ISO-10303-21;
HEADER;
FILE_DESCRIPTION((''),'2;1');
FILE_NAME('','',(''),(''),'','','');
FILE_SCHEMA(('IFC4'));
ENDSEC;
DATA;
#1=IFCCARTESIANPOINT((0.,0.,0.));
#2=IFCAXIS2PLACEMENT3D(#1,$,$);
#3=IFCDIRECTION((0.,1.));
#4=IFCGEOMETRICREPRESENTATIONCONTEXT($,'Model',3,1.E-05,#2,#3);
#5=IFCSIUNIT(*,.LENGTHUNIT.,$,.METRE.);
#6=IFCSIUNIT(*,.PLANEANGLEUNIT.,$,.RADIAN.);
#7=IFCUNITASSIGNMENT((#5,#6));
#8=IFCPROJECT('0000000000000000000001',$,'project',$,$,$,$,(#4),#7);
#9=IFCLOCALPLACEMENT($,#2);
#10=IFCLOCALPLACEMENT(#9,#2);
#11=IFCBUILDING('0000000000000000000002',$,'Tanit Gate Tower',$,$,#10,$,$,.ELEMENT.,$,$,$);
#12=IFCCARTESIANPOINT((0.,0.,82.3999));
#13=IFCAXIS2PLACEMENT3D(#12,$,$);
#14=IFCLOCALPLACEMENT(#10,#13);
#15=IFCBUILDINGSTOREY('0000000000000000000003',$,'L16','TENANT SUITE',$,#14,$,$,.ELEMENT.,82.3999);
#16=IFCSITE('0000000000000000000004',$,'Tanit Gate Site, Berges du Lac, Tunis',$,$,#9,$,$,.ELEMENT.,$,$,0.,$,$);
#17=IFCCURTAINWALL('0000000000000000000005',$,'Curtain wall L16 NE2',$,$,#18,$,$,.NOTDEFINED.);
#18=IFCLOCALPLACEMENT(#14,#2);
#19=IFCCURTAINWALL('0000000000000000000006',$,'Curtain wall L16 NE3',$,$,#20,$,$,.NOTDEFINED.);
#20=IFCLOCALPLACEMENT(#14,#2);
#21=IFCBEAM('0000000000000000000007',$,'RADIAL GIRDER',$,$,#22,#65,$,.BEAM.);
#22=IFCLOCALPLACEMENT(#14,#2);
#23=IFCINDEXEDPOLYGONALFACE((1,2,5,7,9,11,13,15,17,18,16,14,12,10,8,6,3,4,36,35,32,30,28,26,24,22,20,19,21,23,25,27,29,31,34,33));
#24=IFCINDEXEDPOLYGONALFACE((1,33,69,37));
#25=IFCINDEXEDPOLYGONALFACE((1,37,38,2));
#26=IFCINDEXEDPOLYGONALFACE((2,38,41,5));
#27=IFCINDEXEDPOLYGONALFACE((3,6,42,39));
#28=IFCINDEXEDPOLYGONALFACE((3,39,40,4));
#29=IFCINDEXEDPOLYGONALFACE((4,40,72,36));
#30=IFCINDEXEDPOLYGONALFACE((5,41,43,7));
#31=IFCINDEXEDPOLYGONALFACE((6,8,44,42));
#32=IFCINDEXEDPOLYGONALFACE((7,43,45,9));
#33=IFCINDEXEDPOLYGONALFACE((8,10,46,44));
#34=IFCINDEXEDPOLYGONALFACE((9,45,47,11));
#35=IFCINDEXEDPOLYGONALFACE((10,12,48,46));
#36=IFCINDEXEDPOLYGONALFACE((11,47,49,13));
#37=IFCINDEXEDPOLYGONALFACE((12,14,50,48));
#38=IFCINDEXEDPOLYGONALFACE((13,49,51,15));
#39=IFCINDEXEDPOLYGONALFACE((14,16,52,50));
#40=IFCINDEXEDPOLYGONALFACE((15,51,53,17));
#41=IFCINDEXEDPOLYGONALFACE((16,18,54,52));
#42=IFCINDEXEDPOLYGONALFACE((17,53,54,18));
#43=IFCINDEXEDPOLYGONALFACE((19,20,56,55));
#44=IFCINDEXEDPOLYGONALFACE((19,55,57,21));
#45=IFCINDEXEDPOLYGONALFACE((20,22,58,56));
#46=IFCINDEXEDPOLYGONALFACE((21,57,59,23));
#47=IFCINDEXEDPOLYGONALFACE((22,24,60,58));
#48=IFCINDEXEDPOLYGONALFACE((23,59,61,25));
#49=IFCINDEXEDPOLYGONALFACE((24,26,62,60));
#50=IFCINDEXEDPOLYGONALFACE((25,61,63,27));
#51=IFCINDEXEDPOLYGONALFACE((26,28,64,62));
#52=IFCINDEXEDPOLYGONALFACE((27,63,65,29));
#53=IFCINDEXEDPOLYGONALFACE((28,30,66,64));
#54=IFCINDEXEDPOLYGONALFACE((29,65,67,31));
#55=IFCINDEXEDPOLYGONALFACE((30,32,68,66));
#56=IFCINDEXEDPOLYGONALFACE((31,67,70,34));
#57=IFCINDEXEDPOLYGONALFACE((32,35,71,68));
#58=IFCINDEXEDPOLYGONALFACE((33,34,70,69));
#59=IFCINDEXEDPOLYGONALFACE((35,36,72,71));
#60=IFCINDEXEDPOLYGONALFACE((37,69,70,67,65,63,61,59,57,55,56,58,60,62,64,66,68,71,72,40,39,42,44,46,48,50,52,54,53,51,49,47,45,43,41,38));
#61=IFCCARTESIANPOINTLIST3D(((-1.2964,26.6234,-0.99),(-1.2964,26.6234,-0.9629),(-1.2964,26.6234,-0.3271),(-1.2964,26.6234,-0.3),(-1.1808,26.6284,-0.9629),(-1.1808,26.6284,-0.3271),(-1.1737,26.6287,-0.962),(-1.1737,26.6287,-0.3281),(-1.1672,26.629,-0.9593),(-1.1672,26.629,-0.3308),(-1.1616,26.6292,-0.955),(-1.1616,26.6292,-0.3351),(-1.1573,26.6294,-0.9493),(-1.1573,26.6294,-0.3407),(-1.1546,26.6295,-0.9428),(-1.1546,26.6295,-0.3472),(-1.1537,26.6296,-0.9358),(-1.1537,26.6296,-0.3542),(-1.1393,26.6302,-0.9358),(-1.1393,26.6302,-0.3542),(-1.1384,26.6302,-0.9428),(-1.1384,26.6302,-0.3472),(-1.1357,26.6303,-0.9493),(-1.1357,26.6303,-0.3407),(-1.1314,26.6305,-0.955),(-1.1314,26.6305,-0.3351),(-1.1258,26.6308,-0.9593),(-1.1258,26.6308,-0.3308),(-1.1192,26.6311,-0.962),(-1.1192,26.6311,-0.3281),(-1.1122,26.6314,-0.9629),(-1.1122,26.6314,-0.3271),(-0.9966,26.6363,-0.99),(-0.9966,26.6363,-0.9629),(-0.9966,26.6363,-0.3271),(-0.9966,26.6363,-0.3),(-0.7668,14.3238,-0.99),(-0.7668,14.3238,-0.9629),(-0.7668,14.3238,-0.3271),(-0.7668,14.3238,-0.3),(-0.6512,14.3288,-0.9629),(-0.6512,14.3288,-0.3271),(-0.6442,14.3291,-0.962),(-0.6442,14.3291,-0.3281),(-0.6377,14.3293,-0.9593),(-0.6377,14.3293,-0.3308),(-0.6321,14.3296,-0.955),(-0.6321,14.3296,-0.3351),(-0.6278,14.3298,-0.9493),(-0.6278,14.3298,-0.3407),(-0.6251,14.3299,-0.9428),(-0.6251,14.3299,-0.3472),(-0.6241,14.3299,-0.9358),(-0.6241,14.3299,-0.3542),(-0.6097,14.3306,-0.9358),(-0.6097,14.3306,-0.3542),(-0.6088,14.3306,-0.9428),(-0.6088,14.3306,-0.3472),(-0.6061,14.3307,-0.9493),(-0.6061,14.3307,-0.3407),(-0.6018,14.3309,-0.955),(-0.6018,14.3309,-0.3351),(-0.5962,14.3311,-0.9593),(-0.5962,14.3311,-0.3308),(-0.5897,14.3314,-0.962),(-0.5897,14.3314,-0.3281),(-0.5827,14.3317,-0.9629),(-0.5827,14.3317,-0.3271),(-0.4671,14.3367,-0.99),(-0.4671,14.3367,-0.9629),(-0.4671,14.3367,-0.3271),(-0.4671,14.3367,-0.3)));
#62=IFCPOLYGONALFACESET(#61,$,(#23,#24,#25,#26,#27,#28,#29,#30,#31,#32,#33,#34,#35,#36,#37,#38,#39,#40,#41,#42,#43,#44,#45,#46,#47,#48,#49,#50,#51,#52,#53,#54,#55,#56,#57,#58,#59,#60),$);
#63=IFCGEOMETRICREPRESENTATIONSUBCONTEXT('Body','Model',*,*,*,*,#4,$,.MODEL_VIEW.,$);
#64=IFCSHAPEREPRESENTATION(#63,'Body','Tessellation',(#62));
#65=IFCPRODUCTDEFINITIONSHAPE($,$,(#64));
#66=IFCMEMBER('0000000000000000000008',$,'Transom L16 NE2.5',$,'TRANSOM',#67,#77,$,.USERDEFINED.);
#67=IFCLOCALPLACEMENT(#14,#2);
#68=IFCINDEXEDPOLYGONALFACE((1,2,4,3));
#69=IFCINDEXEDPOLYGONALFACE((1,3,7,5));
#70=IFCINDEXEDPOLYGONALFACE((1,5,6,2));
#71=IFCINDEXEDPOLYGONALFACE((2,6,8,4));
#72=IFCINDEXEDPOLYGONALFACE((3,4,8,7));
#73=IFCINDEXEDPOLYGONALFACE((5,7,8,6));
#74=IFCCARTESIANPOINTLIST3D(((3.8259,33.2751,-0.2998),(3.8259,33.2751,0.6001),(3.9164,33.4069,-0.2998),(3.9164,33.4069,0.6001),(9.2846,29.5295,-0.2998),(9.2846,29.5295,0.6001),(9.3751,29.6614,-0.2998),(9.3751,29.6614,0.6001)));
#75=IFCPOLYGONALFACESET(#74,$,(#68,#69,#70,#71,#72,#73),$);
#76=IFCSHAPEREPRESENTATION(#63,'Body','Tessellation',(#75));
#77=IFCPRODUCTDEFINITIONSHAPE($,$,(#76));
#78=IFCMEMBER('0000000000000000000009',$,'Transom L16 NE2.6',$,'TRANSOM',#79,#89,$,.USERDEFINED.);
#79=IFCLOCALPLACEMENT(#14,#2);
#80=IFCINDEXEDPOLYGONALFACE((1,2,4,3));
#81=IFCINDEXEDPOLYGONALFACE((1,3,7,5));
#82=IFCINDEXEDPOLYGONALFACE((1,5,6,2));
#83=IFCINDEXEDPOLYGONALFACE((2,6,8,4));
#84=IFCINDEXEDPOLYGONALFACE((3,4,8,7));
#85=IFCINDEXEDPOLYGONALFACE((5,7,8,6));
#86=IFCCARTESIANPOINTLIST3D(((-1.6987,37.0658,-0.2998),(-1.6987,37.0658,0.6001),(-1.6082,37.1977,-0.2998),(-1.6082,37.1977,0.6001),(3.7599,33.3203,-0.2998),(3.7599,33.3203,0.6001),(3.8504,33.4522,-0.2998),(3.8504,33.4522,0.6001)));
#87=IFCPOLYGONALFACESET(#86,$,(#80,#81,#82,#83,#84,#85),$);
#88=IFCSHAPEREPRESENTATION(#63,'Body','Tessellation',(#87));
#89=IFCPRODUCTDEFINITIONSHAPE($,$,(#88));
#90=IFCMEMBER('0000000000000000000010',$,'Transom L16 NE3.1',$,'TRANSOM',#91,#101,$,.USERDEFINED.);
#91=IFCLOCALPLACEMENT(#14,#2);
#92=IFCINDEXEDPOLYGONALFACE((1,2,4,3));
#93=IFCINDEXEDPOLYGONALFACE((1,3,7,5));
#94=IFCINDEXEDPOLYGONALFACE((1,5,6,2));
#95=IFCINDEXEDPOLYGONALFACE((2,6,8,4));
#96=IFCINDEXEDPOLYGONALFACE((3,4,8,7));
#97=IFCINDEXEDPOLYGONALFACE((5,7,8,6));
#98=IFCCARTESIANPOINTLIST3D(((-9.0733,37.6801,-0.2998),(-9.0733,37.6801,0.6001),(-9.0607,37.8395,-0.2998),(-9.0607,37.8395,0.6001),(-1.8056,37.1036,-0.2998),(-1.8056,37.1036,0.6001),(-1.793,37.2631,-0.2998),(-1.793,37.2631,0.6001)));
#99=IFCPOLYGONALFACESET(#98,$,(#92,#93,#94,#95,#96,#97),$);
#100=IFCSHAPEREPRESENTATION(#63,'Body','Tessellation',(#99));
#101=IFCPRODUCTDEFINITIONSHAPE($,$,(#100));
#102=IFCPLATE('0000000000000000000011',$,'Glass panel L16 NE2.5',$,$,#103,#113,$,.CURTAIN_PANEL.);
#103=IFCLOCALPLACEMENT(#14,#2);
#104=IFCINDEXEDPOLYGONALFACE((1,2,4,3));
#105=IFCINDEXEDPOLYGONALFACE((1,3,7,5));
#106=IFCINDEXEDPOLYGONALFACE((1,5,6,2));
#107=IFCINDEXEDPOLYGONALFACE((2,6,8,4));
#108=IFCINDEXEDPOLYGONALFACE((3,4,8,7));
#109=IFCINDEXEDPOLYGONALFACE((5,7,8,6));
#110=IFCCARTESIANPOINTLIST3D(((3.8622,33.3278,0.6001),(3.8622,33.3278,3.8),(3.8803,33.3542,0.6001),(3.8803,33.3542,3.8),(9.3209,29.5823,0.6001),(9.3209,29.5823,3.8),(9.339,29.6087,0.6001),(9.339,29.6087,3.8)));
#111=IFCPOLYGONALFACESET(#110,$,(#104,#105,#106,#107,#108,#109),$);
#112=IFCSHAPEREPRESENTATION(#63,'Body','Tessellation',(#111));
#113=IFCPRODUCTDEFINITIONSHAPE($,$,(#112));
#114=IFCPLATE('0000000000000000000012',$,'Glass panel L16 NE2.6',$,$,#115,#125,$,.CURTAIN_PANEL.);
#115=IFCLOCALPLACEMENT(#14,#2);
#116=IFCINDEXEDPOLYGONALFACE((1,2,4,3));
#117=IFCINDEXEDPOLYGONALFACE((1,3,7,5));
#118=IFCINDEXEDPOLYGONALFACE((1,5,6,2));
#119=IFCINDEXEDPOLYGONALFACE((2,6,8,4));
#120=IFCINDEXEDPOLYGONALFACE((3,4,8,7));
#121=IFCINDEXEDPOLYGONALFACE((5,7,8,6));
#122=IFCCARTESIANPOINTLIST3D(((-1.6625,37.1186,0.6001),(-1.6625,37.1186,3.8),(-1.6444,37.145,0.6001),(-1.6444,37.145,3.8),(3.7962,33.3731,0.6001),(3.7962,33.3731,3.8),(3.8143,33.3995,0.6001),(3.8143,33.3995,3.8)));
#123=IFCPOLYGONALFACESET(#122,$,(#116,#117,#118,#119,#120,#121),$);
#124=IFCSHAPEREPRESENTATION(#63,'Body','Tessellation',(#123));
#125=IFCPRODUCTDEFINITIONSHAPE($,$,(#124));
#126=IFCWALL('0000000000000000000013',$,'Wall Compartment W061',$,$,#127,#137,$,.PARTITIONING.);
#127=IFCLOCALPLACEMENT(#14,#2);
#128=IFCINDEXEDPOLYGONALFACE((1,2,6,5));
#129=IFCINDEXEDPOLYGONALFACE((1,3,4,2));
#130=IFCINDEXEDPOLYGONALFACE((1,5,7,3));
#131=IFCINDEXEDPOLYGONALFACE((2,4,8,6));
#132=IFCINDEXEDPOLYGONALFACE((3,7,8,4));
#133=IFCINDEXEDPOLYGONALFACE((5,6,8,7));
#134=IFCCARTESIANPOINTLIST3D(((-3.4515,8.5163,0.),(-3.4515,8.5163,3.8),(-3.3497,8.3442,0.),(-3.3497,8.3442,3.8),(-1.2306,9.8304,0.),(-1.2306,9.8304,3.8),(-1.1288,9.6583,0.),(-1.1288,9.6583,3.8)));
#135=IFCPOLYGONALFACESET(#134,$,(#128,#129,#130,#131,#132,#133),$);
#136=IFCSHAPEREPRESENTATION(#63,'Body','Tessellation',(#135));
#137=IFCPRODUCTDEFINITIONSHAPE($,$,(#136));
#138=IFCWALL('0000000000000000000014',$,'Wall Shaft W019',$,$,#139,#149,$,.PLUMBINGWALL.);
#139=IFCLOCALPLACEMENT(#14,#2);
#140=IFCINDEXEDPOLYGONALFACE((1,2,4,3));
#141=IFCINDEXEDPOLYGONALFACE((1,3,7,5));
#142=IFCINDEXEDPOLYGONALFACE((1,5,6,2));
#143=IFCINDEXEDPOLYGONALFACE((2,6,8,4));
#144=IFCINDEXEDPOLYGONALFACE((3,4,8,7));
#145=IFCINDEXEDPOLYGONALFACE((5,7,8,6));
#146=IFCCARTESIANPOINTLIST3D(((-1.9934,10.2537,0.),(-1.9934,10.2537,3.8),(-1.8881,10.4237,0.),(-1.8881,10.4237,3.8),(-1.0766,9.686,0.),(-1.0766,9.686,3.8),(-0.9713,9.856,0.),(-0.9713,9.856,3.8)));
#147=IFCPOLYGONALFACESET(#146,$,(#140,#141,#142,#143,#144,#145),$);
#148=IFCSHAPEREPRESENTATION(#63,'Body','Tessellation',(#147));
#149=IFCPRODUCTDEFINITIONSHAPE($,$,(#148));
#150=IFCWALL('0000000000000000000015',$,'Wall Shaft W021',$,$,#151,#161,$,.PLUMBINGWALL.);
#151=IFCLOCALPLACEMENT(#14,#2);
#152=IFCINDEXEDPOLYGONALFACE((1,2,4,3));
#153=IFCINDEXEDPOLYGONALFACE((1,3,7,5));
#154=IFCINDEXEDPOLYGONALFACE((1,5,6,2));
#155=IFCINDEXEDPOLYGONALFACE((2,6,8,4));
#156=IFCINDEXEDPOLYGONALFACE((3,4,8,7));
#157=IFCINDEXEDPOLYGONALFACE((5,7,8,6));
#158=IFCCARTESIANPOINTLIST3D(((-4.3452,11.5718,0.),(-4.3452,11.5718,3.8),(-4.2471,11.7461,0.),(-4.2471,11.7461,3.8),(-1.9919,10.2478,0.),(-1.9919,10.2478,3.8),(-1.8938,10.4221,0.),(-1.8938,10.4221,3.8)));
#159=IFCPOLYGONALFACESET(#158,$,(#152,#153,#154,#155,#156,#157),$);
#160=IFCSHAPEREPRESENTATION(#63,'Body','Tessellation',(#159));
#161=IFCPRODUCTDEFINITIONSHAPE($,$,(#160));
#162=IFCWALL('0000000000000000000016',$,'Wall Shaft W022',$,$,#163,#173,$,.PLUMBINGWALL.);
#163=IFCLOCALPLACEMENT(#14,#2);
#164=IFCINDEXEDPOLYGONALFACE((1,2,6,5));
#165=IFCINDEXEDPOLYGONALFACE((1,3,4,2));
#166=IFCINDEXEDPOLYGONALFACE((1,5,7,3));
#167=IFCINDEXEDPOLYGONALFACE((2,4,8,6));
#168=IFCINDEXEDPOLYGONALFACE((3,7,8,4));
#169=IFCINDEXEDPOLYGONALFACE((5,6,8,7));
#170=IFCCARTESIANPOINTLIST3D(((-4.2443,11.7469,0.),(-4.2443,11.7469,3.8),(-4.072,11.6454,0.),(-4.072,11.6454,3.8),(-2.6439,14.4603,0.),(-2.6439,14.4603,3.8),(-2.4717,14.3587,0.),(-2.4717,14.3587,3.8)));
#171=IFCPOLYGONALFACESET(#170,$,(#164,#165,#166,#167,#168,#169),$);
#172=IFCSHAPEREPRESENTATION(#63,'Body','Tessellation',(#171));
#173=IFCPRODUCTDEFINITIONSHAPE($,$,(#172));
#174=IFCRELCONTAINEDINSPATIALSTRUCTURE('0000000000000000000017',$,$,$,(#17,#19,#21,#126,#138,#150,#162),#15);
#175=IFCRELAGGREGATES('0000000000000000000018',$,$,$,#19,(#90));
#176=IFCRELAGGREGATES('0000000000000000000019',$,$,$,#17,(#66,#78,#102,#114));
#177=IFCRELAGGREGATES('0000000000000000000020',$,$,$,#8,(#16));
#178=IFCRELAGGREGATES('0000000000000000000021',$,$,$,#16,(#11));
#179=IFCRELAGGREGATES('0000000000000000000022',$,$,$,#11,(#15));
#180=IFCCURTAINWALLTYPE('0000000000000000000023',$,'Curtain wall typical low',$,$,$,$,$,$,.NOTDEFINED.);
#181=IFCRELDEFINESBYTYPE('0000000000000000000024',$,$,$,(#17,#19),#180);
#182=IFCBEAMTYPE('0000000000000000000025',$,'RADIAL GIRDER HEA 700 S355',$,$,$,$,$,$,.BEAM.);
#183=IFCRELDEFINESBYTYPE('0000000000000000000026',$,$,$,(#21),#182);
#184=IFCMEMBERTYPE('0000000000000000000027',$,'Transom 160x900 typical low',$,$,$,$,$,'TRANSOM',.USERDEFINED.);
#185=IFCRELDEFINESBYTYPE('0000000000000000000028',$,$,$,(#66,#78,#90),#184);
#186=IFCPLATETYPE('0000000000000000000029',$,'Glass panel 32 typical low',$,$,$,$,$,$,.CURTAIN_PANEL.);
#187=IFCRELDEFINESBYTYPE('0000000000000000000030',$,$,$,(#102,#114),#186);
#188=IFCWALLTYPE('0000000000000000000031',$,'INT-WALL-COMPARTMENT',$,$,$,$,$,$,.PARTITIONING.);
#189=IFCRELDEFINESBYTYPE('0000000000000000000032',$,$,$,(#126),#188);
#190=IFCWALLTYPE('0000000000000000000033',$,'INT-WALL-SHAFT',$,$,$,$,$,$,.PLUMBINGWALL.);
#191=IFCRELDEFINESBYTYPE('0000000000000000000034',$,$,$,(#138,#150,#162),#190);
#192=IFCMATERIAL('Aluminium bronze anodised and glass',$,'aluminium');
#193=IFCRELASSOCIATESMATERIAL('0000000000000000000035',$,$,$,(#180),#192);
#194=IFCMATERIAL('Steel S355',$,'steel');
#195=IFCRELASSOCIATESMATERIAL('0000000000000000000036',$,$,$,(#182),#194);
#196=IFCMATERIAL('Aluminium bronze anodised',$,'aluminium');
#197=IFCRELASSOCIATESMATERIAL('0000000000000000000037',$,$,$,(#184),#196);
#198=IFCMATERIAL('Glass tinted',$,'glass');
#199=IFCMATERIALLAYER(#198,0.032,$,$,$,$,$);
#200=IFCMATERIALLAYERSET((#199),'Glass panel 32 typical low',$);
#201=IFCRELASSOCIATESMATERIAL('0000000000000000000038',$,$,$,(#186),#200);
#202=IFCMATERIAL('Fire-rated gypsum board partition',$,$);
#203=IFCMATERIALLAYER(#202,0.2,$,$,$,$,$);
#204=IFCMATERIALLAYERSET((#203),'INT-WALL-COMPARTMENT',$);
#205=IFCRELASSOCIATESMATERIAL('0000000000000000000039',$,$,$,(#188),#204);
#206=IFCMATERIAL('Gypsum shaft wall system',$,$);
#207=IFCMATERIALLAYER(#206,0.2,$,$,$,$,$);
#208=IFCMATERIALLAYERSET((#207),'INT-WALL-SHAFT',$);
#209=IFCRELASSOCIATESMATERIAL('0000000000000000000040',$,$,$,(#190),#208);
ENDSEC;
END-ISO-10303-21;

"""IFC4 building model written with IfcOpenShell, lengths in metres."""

from ifc_helpers import new_model, si_unit, direction, frame, frame_2d, origin, origin_2d, place, context, subcontext, project, spatial, rectangle, i_section, extrude, material, layer, layer_set, material_profile, profile_set, type_object, element, aggregate, save


model = new_model("IFC4")

# Units and contexts
model_context = context("Model", 3, precision=1e-05, world=origin(), true_north=direction((0.0, 1.0)))
body_context = subcontext(model_context, "Body", "Model", "MODEL_VIEW")
ifc_project = project(units=[si_unit("LENGTHUNIT", "METRE"), si_unit("PLANEANGLEUNIT", "RADIAN")], contexts=[model_context])

# Site, building, storey
site_placement = place(None, origin())
site = spatial("IfcSite", under=ifc_project, at=site_placement, Name="Tanit Gate Site, Berges du Lac, Tunis", CompositionType="ELEMENT", RefElevation=0.0)
building_placement = place(site_placement, origin())
building = spatial("IfcBuilding", under=site, at=building_placement, Name="Tanit Gate Tower", CompositionType="ELEMENT")
storey_placement = place(building_placement, frame((0.0, 0.0, 82.3999)))
storey = spatial("IfcBuildingStorey", under=building, at=storey_placement, Name="L16", Description="TENANT SUITE", CompositionType="ELEMENT", Elevation=82.3999)

# Curtain wall
ifc_material_1 = material(Name="Aluminium bronze anodised and glass", Category="aluminium")
curtain_wall_type = type_object("IfcCurtainWallType", Name="Curtain wall typical low", PredefinedType="NOTDEFINED", material=ifc_material_1)
curtain_wall_1_placement = place(storey_placement, origin())
curtain_wall_1 = element("IfcCurtainWall", 1, at=curtain_wall_1_placement, inside=storey, type_object=curtain_wall_type, Name="Curtain wall L16 NE2", PredefinedType="NOTDEFINED")

# Curtain wall
curtain_wall_2_placement = place(storey_placement, origin())
curtain_wall_2 = element("IfcCurtainWall", 2, at=curtain_wall_2_placement, inside=storey, type_object=curtain_wall_type, Name="Curtain wall L16 NE3", PredefinedType="NOTDEFINED")

# Beam
ifc_material_2 = material(Name="Steel S355", Category="steel")
ifc_material_profile_1 = material_profile(ifc_material_2, i_section(OverallWidth=0.3, OverallDepth=0.6899, WebThickness=0.0144, FlangeThickness=0.0271, FilletRadius=0.0271, at=origin_2d()), Name="HEA 700")
ifc_profile_set_1 = profile_set([ifc_material_profile_1], Name="Steel S355")
beam_type = type_object("IfcBeamType", Name="RADIAL GIRDER HEA 700 S355", PredefinedType="BEAM", material=ifc_profile_set_1)
beam_1_placement = place(storey_placement, frame((-1.1465, 26.6299, -0.645), z_axis=(0.043014, -0.999074, 0.0), x_axis=(0.999074, 0.043014, 0.0)))
element("IfcBeam", 3, at=beam_1_placement, inside=storey, type_object=beam_type, Name="RADIAL GIRDER", PredefinedType="BEAM", context=body_context, shape_type="SweptSolid", body=[
    extrude(i_section(OverallWidth=0.3, OverallDepth=0.6899, WebThickness=0.0144, FlangeThickness=0.0271, FilletRadius=0.0271, at=origin_2d()), origin(), (0.0, 0.0, 1.0), 12.311),
])

# Members
ifc_material_3 = material(Name="Aluminium bronze anodised", Category="aluminium")
ifc_material_profile_2 = material_profile(ifc_material_3, rectangle(XDim=0.1599, YDim=0.8999, at=origin_2d()), Name="160x900 bronze transom")
ifc_profile_set_2 = profile_set([ifc_material_profile_2], Name="Aluminium bronze anodised")
member_type_1 = type_object("IfcMemberType", Name="Transom 160x900 typical low", ElementType="TRANSOM", PredefinedType="USERDEFINED", material=ifc_profile_set_2)
member_1_placement = place(storey_placement, frame((9.3298, 29.5955, 0.1501), z_axis=(-0.824555, 0.565782, 0.0), x_axis=(-0.565782, -0.824555, 0.0)))
member_1 = element("IfcMember", 4, at=member_1_placement, type_object=member_type_1, Name="Transom L16 NE2.5", ObjectType="TRANSOM", PredefinedType="USERDEFINED", context=body_context, shape_type="SweptSolid", body=[
    extrude(rectangle(XDim=0.1599, YDim=0.8999, at=origin_2d()), origin(), (0.0, 0.0, 1.0), 6.6201),
])
member_2_placement = place(storey_placement, frame((3.8052, 33.3862, 0.1501), z_axis=(-0.824555, 0.565782, 0.0), x_axis=(-0.565782, -0.824555, 0.0)))
member_2 = element("IfcMember", 5, at=member_2_placement, type_object=member_type_1, Name="Transom L16 NE2.6", ObjectType="TRANSOM", PredefinedType="USERDEFINED", context=body_context, shape_type="SweptSolid", body=[
    extrude(rectangle(XDim=0.1599, YDim=0.8999, at=origin_2d()), origin(), (0.0, 0.0, 1.0), 6.6201),
])
member_3_placement = place(storey_placement, frame((-1.7993, 37.1833, 0.1501), z_axis=(-0.99687, 0.079062, 0.0), x_axis=(-0.079062, -0.99687, 0.0)))
member_3 = element("IfcMember", 6, at=member_3_placement, type_object=member_type_1, Name="Transom L16 NE3.1", ObjectType="TRANSOM", PredefinedType="USERDEFINED", context=body_context, shape_type="SweptSolid", body=[
    extrude(rectangle(XDim=0.1599, YDim=0.8999, at=origin_2d()), origin(), (0.0, 0.0, 1.0), 7.2905),
])
aggregate(curtain_wall_2, [member_3])

# Plates
ifc_material_4 = material(Name="Glass tinted", Category="glass")
ifc_layer_1 = layer(ifc_material_4, 0.032)
ifc_layer_set_1 = layer_set([ifc_layer_1], Name="Glass panel 32 typical low")
plate_type = type_object("IfcPlateType", Name="Glass panel 32 typical low", PredefinedType="CURTAIN_PANEL", material=ifc_layer_set_1)
plate_1_placement = place(storey_placement, frame((6.6006, 31.4683, 0.6001), z_axis=(0.0, 0.0, 1.0), x_axis=(-0.824557, 0.56578, 0.0)))
plate_1 = element("IfcPlate", 7, at=plate_1_placement, type_object=plate_type, Name="Glass panel L16 NE2.5", PredefinedType="CURTAIN_PANEL", context=body_context, shape_type="SweptSolid", body=[
    extrude(rectangle(XDim=6.6201, YDim=0.032, at=origin_2d()), origin(), (0.0, 0.0, 1.0), 3.2),
])
plate_2_placement = place(storey_placement, frame((1.0759, 35.259, 0.6001), z_axis=(0.0, 0.0, 1.0), x_axis=(-0.824557, 0.56578, 0.0)))
plate_2 = element("IfcPlate", 8, at=plate_2_placement, type_object=plate_type, Name="Glass panel L16 NE2.6", PredefinedType="CURTAIN_PANEL", context=body_context, shape_type="SweptSolid", body=[
    extrude(rectangle(XDim=6.6201, YDim=0.032, at=origin_2d()), origin(), (0.0, 0.0, 1.0), 3.2),
])
aggregate(curtain_wall_1, [member_1, member_2, plate_1, plate_2])

# Walls
ifc_material_5 = material(Name="Fire-rated gypsum board partition")
ifc_layer_2 = layer(ifc_material_5, 0.2)
ifc_layer_set_2 = layer_set([ifc_layer_2], Name="INT-WALL-COMPARTMENT")
wall_type_1 = type_object("IfcWallType", Name="INT-WALL-COMPARTMENT", PredefinedType="PARTITIONING", material=ifc_layer_set_2)
wall_1_placement = place(storey_placement, frame((-1.1797, 9.7444, 0.0), z_axis=(0.0, 0.0, 1.0), x_axis=(-0.860616, -0.509255, 0.0)))
element("IfcWall", 9, at=wall_1_placement, inside=storey, type_object=wall_type_1, Name="Wall Compartment W061", PredefinedType="PARTITIONING", context=body_context, shape_type="SweptSolid", body=[
    extrude(rectangle(XDim=2.5806, YDim=0.2, at=frame_2d((1.2903, 0.0))), origin(), (0.0, 0.0, 1.0), 3.8),
])
ifc_material_6 = material(Name="Gypsum shaft wall system")
ifc_layer_3 = layer(ifc_material_6, 0.2)
ifc_layer_set_3 = layer_set([ifc_layer_3], Name="INT-WALL-SHAFT")
wall_type_2 = type_object("IfcWallType", Name="INT-WALL-SHAFT", PredefinedType="PLUMBINGWALL", material=ifc_layer_set_3)
wall_2_placement = place(storey_placement, frame((-1.9407, 10.3386, 0.0), z_axis=(0.0, 0.0, 1.0), x_axis=(0.850217, -0.526433, 0.0)))
element("IfcWall", 10, at=wall_2_placement, inside=storey, type_object=wall_type_2, Name="Wall Shaft W019", PredefinedType="PLUMBINGWALL", context=body_context, shape_type="SweptSolid", body=[
    extrude(rectangle(XDim=1.0784, YDim=0.2, at=frame_2d((0.5391, 0.0))), origin(), (0.0, 0.0, 1.0), 3.8),
])
wall_3_placement = place(storey_placement, frame((-4.2961, 11.6589, 0.0), z_axis=(0.0, 0.0, 1.0), x_axis=(0.871534, -0.490334, 0.0)))
element("IfcWall", 11, at=wall_3_placement, inside=storey, type_object=wall_type_2, Name="Wall Shaft W021", PredefinedType="PLUMBINGWALL", context=body_context, shape_type="SweptSolid", body=[
    extrude(rectangle(XDim=2.7002, YDim=0.2, at=frame_2d((1.3501, 0.0))), origin(), (0.0, 0.0, 1.0), 3.8),
])
wall_4_placement = place(storey_placement, frame((-4.1582, 11.696, 0.0), z_axis=(0.0, 0.0, 1.0), x_axis=(0.508019, 0.861346, 0.0)))
element("IfcWall", 12, at=wall_4_placement, inside=storey, type_object=wall_type_2, Name="Wall Shaft W022", PredefinedType="PLUMBINGWALL", context=body_context, shape_type="SweptSolid", body=[
    extrude(rectangle(XDim=3.1501, YDim=0.2, at=frame_2d((1.5752, 0.0))), origin(), (0.0, 0.0, 1.0), 3.8),
])

save(model, "model.ifc")
